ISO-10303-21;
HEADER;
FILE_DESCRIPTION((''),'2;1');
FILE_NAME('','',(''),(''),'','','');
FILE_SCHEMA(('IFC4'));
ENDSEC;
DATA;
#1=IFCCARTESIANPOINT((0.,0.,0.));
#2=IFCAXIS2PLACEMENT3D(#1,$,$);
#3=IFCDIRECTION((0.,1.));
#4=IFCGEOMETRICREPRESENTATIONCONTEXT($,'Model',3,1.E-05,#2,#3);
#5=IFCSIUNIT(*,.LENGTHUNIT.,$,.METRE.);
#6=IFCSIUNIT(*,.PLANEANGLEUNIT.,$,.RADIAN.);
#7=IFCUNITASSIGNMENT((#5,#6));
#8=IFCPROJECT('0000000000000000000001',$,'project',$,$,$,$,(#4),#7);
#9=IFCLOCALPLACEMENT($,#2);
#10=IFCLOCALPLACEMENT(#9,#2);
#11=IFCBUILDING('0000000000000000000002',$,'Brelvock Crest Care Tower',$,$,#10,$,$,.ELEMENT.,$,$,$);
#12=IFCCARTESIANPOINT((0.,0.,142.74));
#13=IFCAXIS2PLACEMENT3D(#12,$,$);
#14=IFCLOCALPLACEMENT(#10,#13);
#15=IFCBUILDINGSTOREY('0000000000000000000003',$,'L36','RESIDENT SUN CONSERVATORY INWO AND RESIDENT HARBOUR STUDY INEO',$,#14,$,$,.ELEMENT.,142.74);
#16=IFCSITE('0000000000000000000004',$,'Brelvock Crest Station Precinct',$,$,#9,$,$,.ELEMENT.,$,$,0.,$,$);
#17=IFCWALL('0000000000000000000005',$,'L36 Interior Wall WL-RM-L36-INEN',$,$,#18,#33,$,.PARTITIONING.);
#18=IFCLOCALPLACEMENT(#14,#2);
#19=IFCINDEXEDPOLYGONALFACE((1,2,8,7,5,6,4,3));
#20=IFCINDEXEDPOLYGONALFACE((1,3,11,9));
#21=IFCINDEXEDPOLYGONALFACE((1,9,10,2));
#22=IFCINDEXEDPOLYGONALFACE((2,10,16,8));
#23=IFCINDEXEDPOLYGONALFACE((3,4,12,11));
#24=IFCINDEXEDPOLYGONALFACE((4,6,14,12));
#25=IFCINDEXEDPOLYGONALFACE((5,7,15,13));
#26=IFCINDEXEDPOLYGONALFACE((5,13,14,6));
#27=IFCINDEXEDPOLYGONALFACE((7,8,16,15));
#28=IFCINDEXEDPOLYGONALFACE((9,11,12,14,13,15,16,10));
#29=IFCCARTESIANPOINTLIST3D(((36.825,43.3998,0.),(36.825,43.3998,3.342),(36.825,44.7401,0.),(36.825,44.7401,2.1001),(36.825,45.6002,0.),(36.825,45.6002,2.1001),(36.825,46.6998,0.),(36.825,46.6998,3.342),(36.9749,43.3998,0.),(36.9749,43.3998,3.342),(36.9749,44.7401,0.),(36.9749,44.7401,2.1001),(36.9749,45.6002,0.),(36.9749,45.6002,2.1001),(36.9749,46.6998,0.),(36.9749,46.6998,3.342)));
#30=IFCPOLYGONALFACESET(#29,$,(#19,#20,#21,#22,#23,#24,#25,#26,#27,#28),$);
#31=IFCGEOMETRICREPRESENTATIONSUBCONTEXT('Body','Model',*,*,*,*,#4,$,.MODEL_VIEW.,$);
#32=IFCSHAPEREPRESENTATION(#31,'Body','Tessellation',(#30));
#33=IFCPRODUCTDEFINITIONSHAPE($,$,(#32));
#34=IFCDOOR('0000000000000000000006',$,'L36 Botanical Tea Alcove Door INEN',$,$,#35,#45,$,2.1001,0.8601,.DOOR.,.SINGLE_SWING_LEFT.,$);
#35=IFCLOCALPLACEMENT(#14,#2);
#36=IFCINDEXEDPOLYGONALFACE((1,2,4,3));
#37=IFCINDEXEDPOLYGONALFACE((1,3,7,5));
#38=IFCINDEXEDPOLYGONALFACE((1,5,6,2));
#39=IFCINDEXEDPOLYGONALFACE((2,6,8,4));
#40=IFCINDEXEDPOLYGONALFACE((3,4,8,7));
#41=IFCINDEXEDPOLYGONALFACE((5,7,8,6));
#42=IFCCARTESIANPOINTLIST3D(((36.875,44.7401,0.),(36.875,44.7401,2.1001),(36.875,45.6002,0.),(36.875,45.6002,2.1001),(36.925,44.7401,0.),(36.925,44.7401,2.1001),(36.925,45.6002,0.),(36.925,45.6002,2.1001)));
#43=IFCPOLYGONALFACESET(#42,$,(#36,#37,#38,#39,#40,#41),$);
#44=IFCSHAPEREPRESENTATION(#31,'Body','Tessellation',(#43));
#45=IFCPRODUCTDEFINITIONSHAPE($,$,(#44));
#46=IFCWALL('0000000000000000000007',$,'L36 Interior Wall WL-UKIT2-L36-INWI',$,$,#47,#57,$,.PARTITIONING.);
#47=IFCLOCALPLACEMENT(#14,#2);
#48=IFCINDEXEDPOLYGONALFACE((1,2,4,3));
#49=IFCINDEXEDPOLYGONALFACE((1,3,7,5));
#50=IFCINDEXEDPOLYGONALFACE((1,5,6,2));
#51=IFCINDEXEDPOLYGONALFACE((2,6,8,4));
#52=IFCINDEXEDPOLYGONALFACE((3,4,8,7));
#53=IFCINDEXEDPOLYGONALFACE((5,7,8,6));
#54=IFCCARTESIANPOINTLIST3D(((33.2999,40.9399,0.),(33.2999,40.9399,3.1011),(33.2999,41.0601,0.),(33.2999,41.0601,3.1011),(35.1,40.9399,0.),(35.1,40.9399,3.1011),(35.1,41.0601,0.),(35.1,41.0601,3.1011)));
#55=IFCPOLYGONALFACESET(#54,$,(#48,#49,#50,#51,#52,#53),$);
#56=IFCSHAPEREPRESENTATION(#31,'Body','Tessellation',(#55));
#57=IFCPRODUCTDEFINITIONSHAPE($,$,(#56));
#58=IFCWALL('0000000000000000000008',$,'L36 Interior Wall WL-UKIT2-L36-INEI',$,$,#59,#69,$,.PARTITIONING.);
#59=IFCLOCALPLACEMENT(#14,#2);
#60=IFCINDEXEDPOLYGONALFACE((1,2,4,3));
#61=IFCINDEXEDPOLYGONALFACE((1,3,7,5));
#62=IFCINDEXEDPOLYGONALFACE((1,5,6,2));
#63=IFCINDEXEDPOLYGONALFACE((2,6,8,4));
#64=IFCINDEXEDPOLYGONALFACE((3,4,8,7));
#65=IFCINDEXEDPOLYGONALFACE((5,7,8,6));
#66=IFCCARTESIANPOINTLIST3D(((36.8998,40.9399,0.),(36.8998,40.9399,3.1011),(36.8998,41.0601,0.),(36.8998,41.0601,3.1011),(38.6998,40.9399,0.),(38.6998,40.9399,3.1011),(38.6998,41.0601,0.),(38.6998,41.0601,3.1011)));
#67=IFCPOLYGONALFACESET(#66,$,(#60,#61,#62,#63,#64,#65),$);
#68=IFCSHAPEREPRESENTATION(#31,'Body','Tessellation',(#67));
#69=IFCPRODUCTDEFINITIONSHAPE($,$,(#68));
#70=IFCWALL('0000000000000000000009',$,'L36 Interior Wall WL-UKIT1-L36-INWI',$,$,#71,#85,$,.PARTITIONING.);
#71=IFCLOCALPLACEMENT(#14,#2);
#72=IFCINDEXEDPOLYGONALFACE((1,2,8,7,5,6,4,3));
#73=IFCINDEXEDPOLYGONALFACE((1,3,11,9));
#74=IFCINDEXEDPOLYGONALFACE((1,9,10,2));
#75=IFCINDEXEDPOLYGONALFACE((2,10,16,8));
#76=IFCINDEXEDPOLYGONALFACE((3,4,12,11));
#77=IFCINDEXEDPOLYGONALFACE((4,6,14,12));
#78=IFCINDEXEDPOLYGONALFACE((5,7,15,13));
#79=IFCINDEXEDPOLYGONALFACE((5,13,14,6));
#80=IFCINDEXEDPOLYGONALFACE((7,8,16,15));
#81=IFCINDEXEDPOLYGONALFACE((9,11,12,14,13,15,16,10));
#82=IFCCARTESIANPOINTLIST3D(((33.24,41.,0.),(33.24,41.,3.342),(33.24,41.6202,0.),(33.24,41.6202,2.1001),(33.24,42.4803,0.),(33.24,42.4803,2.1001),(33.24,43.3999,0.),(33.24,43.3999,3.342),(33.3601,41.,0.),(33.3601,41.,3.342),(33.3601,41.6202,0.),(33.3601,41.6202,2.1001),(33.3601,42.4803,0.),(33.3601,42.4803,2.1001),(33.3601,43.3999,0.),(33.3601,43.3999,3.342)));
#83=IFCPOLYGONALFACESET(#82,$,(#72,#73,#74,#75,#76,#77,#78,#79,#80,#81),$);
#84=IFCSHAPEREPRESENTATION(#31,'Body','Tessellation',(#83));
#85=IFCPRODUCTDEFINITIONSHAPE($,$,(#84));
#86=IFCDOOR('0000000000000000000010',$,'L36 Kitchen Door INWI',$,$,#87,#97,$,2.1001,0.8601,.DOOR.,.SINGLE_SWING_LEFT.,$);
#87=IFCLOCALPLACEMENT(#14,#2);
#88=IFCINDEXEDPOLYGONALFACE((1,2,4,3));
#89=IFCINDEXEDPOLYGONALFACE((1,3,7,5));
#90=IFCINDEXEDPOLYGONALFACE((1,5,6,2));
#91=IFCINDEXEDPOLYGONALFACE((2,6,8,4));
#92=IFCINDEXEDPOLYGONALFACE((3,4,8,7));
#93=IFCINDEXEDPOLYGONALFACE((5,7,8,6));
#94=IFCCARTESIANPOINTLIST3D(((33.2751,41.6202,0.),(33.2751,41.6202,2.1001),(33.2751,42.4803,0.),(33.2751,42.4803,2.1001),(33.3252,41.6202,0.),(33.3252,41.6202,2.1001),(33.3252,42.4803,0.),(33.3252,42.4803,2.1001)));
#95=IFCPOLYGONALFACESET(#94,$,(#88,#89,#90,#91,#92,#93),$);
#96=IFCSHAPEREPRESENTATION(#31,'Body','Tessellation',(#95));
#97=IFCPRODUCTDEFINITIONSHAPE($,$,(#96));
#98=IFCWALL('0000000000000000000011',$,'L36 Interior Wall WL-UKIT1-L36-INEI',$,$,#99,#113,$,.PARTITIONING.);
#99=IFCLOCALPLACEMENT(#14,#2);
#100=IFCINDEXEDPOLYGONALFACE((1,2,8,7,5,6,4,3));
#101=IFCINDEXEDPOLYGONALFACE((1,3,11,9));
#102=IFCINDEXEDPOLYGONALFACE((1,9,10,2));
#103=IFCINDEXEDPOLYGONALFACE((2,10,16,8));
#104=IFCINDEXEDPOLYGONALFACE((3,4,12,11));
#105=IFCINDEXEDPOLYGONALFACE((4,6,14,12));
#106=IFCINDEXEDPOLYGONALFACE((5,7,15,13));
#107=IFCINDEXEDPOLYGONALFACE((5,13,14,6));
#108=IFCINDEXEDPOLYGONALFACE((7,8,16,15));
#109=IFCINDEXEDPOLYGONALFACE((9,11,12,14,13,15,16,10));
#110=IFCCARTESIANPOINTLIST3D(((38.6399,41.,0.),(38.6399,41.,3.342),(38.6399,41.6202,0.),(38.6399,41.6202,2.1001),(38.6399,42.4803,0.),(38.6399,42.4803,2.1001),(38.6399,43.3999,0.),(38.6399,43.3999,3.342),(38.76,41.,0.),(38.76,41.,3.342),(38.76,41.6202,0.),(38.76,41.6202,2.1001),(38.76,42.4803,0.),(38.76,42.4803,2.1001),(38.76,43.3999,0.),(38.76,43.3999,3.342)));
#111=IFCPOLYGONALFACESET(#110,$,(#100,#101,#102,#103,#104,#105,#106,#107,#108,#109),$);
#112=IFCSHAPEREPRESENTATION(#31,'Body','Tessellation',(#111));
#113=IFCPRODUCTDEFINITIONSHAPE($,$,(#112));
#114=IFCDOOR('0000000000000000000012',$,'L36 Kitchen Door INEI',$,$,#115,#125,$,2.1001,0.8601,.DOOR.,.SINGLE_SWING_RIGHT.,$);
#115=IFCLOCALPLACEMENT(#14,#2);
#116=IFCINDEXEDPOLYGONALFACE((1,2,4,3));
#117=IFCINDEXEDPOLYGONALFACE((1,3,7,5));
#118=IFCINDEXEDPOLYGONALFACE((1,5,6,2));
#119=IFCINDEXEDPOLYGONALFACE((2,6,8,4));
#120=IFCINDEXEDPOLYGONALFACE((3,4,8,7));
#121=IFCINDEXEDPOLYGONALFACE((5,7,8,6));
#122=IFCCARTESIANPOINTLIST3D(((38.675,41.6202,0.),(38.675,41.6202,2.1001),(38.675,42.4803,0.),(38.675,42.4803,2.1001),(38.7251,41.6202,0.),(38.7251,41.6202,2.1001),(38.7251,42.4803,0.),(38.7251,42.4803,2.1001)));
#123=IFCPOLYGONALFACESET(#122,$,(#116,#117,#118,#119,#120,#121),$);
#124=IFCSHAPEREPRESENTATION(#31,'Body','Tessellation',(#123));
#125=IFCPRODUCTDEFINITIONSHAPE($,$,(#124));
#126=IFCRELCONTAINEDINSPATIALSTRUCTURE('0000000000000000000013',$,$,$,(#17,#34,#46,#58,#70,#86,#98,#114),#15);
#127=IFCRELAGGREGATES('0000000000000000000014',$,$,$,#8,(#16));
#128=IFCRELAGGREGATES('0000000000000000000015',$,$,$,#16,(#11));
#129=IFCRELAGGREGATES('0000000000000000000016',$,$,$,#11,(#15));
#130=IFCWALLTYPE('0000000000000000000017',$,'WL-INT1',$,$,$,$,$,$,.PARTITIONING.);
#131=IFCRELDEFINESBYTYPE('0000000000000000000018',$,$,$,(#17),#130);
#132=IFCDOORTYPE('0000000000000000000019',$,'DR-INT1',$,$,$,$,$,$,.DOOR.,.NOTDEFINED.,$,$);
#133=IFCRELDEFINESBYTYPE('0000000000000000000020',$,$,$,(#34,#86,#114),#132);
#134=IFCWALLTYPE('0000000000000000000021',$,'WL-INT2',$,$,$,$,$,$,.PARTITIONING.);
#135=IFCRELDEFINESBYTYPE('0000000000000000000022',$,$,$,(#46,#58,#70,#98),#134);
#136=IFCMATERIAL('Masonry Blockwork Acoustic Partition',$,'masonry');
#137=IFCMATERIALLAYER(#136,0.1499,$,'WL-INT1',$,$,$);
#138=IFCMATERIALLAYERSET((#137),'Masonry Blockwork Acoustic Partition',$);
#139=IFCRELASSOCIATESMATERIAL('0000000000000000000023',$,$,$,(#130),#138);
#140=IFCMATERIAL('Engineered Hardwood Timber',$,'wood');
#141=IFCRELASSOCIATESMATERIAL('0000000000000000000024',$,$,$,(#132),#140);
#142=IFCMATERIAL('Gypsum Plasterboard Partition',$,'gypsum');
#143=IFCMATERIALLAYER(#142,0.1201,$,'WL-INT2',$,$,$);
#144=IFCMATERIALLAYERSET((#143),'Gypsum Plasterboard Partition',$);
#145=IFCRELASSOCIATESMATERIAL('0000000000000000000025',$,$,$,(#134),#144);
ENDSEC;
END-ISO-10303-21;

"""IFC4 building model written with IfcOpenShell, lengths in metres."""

from ifc_helpers import new_model, si_unit, direction, frame, frame_2d, origin, origin_2d, place, context, subcontext, project, spatial, rectangle, extrude, source, transform, mapped, material, layer, layer_set, type_object, element, fill, save


model = new_model("IFC4")

# Units and contexts
model_context = context("Model", 3, precision=1e-05, world=origin(), true_north=direction((0.0, 1.0)))
body_context = subcontext(model_context, "Body", "Model", "MODEL_VIEW")
ifc_project = project(units=[si_unit("LENGTHUNIT", "METRE"), si_unit("PLANEANGLEUNIT", "RADIAN")], contexts=[model_context])

# Site, building, storey
site_placement = place(None, origin())
site = spatial("IfcSite", under=ifc_project, at=site_placement, Name="Brelvock Crest Station Precinct", CompositionType="ELEMENT", RefElevation=0.0)
building_placement = place(site_placement, origin())
building = spatial("IfcBuilding", under=site, at=building_placement, Name="Brelvock Crest Care Tower", CompositionType="ELEMENT")
storey_placement = place(building_placement, frame((0.0, 0.0, 142.74)))
storey = spatial("IfcBuildingStorey", under=building, at=storey_placement, Name="L36", Description="RESIDENT SUN CONSERVATORY INWO AND RESIDENT HARBOUR STUDY INEO", CompositionType="ELEMENT", Elevation=142.74)

# Shared definitions
ifc_material_1 = material(Name="Masonry Blockwork Acoustic Partition", Category="masonry")
ifc_layer_1 = layer(ifc_material_1, 0.1499, Name="WL-INT1")
ifc_layer_set_1 = layer_set([ifc_layer_1], Name="Masonry Blockwork Acoustic Partition")
wall_type_1 = type_object("IfcWallType", Name="WL-INT1", PredefinedType="PARTITIONING", material=ifc_layer_set_1)

# Shared definitions
ifc_material_2 = material(Name="Engineered Hardwood Timber", Category="wood")
door_type = type_object("IfcDoorType", Name="DR-INT1", OperationType="NOTDEFINED", PredefinedType="DOOR", material=ifc_material_2)
shared_shape_1 = source(origin(), body_context, "Body", "SweptSolid", [
    extrude(rectangle(XDim=0.8601, YDim=2.1001, at=origin_2d()), frame((0.4302, 0.0249, 1.05), z_axis=(0.0, -1.0, 0.0), x_axis=(1.0, 0.0, 0.0)), (0.0, 0.0, 1.0), 0.05),
])

# Wall, opening, door
wall_1_placement = place(storey_placement, frame((36.8999, 43.3999, 0.0), z_axis=(0.0, 0.0, 1.0), x_axis=(0.0, 1.0, 0.0)))
wall_1 = element("IfcWall", 1, at=wall_1_placement, inside=storey, type_object=wall_type_1, Name="L36 Interior Wall WL-RM-L36-INEN", PredefinedType="PARTITIONING", context=body_context, shape_type="SweptSolid", body=[
    extrude(rectangle(XDim=3.3, YDim=0.1499, at=frame_2d((1.6499, 0.0))), origin(), (0.0, 0.0, 1.0), 3.342),
])
opening_1_placement = place(wall_1_placement, frame((1.3401, 0.0, 0.0)))
opening_1 = element("IfcOpeningElement", 2, at=opening_1_placement, cuts=wall_1, PredefinedType="OPENING", context=body_context, shape_type="SweptSolid", body=[
    extrude(rectangle(XDim=0.8601, YDim=2.1001, at=origin_2d()), frame((0.4302, 0.085, 1.05), z_axis=(0.0, -1.0, 0.0), x_axis=(1.0, 0.0, 0.0)), (0.0, 0.0, 1.0), 0.1699),
])
door_1_placement = place(opening_1_placement, origin())
door_1 = element("IfcDoor", 3, at=door_1_placement, inside=storey, type_object=door_type, Name="L36 Botanical Tea Alcove Door INEN", OperationType="SINGLE_SWING_LEFT", OverallHeight=2.1001, OverallWidth=0.8601, PredefinedType="DOOR", context=body_context, shape_type="MappedRepresentation", body=[
    mapped(shared_shape_1, transform((0.0, 0.0, 0.0), x_axis=(1.0, 0.0, 0.0), y_axis=(0.0, 1.0, 0.0), z_axis=(0.0, 0.0, 1.0), scale=1.0)),
])
fill(opening_1, door_1)

# Walls
ifc_material_3 = material(Name="Gypsum Plasterboard Partition", Category="gypsum")
ifc_layer_2 = layer(ifc_material_3, 0.1201, Name="WL-INT2")
ifc_layer_set_2 = layer_set([ifc_layer_2], Name="Gypsum Plasterboard Partition")
wall_type_2 = type_object("IfcWallType", Name="WL-INT2", PredefinedType="PARTITIONING", material=ifc_layer_set_2)
for number, where, z_axis, x_axis, name in (
    (4, (33.3, 41.0, 0.0), (0.0, 0.0, 1.0), (1.0, 0.0, 0.0), "L36 Interior Wall WL-UKIT2-L36-INWI"),
    (5, (36.8999, 41.0, 0.0), (0.0, 0.0, 1.0), (1.0, 0.0, 0.0), "L36 Interior Wall WL-UKIT2-L36-INEI"),
):
    element("IfcWall", number, at=place(storey_placement, frame(where, z_axis=z_axis, x_axis=x_axis)), inside=storey, type_object=wall_type_2, Name=name, PredefinedType="PARTITIONING", context=body_context, shape_type="SweptSolid", body=[
        extrude(rectangle(XDim=1.8, YDim=0.1201, at=frame_2d((0.8999, 0.0))), origin(), (0.0, 0.0, 1.0), 3.1011),
    ])

# Walls, openings, doors
wall_2_placement = place(storey_placement, frame((33.3, 41.0, 0.0), z_axis=(0.0, 0.0, 1.0), x_axis=(0.0, 1.0, 0.0)))
wall_2 = element("IfcWall", 6, at=wall_2_placement, inside=storey, type_object=wall_type_2, Name="L36 Interior Wall WL-UKIT1-L36-INWI", PredefinedType="PARTITIONING", context=body_context, shape_type="SweptSolid", body=[
    extrude(rectangle(XDim=2.3999, YDim=0.1201, at=frame_2d((1.2, 0.0))), origin(), (0.0, 0.0, 1.0), 3.342),
])
opening_2_placement = place(wall_2_placement, frame((0.6201, 0.0, 0.0)))
opening_2 = element("IfcOpeningElement", 7, at=opening_2_placement, cuts=wall_2, PredefinedType="OPENING", context=body_context, shape_type="SweptSolid", body=[
    extrude(rectangle(XDim=0.8601, YDim=2.1001, at=origin_2d()), frame((0.4302, 0.0701, 1.05), z_axis=(0.0, -1.0, 0.0), x_axis=(1.0, 0.0, 0.0)), (0.0, 0.0, 1.0), 0.1401),
])
door_2_placement = place(opening_2_placement, origin())
door_2 = element("IfcDoor", 8, at=door_2_placement, inside=storey, type_object=door_type, Name="L36 Kitchen Door INWI", OperationType="SINGLE_SWING_LEFT", OverallHeight=2.1001, OverallWidth=0.8601, PredefinedType="DOOR", context=body_context, shape_type="MappedRepresentation", body=[
    mapped(shared_shape_1, transform((0.0, 0.0, 0.0), x_axis=(1.0, 0.0, 0.0), y_axis=(0.0, 1.0, 0.0), z_axis=(0.0, 0.0, 1.0), scale=1.0)),
])
fill(opening_2, door_2)
wall_3_placement = place(storey_placement, frame((38.7, 41.0, 0.0), z_axis=(0.0, 0.0, 1.0), x_axis=(0.0, 1.0, 0.0)))
wall_3 = element("IfcWall", 9, at=wall_3_placement, inside=storey, type_object=wall_type_2, Name="L36 Interior Wall WL-UKIT1-L36-INEI", PredefinedType="PARTITIONING", context=body_context, shape_type="SweptSolid", body=[
    extrude(rectangle(XDim=2.3999, YDim=0.1201, at=frame_2d((1.2, 0.0))), origin(), (0.0, 0.0, 1.0), 3.342),
])
opening_3_placement = place(wall_3_placement, frame((0.6201, 0.0, 0.0)))
opening_3 = element("IfcOpeningElement", 10, at=opening_3_placement, cuts=wall_3, PredefinedType="OPENING", context=body_context, shape_type="SweptSolid", body=[
    extrude(rectangle(XDim=0.8601, YDim=2.1001, at=origin_2d()), frame((0.4302, 0.0701, 1.05), z_axis=(0.0, -1.0, 0.0), x_axis=(1.0, 0.0, 0.0)), (0.0, 0.0, 1.0), 0.1401),
])
door_3_placement = place(opening_3_placement, origin())
door_3 = element("IfcDoor", 11, at=door_3_placement, inside=storey, type_object=door_type, Name="L36 Kitchen Door INEI", OperationType="SINGLE_SWING_RIGHT", OverallHeight=2.1001, OverallWidth=0.8601, PredefinedType="DOOR", context=body_context, shape_type="MappedRepresentation", body=[
    mapped(shared_shape_1, transform((0.0, 0.0, 0.0), x_axis=(1.0, 0.0, 0.0), y_axis=(0.0, 1.0, 0.0), z_axis=(0.0, 0.0, 1.0), scale=1.0)),
])
fill(opening_3, door_3)

save(model, "model.ifc")
